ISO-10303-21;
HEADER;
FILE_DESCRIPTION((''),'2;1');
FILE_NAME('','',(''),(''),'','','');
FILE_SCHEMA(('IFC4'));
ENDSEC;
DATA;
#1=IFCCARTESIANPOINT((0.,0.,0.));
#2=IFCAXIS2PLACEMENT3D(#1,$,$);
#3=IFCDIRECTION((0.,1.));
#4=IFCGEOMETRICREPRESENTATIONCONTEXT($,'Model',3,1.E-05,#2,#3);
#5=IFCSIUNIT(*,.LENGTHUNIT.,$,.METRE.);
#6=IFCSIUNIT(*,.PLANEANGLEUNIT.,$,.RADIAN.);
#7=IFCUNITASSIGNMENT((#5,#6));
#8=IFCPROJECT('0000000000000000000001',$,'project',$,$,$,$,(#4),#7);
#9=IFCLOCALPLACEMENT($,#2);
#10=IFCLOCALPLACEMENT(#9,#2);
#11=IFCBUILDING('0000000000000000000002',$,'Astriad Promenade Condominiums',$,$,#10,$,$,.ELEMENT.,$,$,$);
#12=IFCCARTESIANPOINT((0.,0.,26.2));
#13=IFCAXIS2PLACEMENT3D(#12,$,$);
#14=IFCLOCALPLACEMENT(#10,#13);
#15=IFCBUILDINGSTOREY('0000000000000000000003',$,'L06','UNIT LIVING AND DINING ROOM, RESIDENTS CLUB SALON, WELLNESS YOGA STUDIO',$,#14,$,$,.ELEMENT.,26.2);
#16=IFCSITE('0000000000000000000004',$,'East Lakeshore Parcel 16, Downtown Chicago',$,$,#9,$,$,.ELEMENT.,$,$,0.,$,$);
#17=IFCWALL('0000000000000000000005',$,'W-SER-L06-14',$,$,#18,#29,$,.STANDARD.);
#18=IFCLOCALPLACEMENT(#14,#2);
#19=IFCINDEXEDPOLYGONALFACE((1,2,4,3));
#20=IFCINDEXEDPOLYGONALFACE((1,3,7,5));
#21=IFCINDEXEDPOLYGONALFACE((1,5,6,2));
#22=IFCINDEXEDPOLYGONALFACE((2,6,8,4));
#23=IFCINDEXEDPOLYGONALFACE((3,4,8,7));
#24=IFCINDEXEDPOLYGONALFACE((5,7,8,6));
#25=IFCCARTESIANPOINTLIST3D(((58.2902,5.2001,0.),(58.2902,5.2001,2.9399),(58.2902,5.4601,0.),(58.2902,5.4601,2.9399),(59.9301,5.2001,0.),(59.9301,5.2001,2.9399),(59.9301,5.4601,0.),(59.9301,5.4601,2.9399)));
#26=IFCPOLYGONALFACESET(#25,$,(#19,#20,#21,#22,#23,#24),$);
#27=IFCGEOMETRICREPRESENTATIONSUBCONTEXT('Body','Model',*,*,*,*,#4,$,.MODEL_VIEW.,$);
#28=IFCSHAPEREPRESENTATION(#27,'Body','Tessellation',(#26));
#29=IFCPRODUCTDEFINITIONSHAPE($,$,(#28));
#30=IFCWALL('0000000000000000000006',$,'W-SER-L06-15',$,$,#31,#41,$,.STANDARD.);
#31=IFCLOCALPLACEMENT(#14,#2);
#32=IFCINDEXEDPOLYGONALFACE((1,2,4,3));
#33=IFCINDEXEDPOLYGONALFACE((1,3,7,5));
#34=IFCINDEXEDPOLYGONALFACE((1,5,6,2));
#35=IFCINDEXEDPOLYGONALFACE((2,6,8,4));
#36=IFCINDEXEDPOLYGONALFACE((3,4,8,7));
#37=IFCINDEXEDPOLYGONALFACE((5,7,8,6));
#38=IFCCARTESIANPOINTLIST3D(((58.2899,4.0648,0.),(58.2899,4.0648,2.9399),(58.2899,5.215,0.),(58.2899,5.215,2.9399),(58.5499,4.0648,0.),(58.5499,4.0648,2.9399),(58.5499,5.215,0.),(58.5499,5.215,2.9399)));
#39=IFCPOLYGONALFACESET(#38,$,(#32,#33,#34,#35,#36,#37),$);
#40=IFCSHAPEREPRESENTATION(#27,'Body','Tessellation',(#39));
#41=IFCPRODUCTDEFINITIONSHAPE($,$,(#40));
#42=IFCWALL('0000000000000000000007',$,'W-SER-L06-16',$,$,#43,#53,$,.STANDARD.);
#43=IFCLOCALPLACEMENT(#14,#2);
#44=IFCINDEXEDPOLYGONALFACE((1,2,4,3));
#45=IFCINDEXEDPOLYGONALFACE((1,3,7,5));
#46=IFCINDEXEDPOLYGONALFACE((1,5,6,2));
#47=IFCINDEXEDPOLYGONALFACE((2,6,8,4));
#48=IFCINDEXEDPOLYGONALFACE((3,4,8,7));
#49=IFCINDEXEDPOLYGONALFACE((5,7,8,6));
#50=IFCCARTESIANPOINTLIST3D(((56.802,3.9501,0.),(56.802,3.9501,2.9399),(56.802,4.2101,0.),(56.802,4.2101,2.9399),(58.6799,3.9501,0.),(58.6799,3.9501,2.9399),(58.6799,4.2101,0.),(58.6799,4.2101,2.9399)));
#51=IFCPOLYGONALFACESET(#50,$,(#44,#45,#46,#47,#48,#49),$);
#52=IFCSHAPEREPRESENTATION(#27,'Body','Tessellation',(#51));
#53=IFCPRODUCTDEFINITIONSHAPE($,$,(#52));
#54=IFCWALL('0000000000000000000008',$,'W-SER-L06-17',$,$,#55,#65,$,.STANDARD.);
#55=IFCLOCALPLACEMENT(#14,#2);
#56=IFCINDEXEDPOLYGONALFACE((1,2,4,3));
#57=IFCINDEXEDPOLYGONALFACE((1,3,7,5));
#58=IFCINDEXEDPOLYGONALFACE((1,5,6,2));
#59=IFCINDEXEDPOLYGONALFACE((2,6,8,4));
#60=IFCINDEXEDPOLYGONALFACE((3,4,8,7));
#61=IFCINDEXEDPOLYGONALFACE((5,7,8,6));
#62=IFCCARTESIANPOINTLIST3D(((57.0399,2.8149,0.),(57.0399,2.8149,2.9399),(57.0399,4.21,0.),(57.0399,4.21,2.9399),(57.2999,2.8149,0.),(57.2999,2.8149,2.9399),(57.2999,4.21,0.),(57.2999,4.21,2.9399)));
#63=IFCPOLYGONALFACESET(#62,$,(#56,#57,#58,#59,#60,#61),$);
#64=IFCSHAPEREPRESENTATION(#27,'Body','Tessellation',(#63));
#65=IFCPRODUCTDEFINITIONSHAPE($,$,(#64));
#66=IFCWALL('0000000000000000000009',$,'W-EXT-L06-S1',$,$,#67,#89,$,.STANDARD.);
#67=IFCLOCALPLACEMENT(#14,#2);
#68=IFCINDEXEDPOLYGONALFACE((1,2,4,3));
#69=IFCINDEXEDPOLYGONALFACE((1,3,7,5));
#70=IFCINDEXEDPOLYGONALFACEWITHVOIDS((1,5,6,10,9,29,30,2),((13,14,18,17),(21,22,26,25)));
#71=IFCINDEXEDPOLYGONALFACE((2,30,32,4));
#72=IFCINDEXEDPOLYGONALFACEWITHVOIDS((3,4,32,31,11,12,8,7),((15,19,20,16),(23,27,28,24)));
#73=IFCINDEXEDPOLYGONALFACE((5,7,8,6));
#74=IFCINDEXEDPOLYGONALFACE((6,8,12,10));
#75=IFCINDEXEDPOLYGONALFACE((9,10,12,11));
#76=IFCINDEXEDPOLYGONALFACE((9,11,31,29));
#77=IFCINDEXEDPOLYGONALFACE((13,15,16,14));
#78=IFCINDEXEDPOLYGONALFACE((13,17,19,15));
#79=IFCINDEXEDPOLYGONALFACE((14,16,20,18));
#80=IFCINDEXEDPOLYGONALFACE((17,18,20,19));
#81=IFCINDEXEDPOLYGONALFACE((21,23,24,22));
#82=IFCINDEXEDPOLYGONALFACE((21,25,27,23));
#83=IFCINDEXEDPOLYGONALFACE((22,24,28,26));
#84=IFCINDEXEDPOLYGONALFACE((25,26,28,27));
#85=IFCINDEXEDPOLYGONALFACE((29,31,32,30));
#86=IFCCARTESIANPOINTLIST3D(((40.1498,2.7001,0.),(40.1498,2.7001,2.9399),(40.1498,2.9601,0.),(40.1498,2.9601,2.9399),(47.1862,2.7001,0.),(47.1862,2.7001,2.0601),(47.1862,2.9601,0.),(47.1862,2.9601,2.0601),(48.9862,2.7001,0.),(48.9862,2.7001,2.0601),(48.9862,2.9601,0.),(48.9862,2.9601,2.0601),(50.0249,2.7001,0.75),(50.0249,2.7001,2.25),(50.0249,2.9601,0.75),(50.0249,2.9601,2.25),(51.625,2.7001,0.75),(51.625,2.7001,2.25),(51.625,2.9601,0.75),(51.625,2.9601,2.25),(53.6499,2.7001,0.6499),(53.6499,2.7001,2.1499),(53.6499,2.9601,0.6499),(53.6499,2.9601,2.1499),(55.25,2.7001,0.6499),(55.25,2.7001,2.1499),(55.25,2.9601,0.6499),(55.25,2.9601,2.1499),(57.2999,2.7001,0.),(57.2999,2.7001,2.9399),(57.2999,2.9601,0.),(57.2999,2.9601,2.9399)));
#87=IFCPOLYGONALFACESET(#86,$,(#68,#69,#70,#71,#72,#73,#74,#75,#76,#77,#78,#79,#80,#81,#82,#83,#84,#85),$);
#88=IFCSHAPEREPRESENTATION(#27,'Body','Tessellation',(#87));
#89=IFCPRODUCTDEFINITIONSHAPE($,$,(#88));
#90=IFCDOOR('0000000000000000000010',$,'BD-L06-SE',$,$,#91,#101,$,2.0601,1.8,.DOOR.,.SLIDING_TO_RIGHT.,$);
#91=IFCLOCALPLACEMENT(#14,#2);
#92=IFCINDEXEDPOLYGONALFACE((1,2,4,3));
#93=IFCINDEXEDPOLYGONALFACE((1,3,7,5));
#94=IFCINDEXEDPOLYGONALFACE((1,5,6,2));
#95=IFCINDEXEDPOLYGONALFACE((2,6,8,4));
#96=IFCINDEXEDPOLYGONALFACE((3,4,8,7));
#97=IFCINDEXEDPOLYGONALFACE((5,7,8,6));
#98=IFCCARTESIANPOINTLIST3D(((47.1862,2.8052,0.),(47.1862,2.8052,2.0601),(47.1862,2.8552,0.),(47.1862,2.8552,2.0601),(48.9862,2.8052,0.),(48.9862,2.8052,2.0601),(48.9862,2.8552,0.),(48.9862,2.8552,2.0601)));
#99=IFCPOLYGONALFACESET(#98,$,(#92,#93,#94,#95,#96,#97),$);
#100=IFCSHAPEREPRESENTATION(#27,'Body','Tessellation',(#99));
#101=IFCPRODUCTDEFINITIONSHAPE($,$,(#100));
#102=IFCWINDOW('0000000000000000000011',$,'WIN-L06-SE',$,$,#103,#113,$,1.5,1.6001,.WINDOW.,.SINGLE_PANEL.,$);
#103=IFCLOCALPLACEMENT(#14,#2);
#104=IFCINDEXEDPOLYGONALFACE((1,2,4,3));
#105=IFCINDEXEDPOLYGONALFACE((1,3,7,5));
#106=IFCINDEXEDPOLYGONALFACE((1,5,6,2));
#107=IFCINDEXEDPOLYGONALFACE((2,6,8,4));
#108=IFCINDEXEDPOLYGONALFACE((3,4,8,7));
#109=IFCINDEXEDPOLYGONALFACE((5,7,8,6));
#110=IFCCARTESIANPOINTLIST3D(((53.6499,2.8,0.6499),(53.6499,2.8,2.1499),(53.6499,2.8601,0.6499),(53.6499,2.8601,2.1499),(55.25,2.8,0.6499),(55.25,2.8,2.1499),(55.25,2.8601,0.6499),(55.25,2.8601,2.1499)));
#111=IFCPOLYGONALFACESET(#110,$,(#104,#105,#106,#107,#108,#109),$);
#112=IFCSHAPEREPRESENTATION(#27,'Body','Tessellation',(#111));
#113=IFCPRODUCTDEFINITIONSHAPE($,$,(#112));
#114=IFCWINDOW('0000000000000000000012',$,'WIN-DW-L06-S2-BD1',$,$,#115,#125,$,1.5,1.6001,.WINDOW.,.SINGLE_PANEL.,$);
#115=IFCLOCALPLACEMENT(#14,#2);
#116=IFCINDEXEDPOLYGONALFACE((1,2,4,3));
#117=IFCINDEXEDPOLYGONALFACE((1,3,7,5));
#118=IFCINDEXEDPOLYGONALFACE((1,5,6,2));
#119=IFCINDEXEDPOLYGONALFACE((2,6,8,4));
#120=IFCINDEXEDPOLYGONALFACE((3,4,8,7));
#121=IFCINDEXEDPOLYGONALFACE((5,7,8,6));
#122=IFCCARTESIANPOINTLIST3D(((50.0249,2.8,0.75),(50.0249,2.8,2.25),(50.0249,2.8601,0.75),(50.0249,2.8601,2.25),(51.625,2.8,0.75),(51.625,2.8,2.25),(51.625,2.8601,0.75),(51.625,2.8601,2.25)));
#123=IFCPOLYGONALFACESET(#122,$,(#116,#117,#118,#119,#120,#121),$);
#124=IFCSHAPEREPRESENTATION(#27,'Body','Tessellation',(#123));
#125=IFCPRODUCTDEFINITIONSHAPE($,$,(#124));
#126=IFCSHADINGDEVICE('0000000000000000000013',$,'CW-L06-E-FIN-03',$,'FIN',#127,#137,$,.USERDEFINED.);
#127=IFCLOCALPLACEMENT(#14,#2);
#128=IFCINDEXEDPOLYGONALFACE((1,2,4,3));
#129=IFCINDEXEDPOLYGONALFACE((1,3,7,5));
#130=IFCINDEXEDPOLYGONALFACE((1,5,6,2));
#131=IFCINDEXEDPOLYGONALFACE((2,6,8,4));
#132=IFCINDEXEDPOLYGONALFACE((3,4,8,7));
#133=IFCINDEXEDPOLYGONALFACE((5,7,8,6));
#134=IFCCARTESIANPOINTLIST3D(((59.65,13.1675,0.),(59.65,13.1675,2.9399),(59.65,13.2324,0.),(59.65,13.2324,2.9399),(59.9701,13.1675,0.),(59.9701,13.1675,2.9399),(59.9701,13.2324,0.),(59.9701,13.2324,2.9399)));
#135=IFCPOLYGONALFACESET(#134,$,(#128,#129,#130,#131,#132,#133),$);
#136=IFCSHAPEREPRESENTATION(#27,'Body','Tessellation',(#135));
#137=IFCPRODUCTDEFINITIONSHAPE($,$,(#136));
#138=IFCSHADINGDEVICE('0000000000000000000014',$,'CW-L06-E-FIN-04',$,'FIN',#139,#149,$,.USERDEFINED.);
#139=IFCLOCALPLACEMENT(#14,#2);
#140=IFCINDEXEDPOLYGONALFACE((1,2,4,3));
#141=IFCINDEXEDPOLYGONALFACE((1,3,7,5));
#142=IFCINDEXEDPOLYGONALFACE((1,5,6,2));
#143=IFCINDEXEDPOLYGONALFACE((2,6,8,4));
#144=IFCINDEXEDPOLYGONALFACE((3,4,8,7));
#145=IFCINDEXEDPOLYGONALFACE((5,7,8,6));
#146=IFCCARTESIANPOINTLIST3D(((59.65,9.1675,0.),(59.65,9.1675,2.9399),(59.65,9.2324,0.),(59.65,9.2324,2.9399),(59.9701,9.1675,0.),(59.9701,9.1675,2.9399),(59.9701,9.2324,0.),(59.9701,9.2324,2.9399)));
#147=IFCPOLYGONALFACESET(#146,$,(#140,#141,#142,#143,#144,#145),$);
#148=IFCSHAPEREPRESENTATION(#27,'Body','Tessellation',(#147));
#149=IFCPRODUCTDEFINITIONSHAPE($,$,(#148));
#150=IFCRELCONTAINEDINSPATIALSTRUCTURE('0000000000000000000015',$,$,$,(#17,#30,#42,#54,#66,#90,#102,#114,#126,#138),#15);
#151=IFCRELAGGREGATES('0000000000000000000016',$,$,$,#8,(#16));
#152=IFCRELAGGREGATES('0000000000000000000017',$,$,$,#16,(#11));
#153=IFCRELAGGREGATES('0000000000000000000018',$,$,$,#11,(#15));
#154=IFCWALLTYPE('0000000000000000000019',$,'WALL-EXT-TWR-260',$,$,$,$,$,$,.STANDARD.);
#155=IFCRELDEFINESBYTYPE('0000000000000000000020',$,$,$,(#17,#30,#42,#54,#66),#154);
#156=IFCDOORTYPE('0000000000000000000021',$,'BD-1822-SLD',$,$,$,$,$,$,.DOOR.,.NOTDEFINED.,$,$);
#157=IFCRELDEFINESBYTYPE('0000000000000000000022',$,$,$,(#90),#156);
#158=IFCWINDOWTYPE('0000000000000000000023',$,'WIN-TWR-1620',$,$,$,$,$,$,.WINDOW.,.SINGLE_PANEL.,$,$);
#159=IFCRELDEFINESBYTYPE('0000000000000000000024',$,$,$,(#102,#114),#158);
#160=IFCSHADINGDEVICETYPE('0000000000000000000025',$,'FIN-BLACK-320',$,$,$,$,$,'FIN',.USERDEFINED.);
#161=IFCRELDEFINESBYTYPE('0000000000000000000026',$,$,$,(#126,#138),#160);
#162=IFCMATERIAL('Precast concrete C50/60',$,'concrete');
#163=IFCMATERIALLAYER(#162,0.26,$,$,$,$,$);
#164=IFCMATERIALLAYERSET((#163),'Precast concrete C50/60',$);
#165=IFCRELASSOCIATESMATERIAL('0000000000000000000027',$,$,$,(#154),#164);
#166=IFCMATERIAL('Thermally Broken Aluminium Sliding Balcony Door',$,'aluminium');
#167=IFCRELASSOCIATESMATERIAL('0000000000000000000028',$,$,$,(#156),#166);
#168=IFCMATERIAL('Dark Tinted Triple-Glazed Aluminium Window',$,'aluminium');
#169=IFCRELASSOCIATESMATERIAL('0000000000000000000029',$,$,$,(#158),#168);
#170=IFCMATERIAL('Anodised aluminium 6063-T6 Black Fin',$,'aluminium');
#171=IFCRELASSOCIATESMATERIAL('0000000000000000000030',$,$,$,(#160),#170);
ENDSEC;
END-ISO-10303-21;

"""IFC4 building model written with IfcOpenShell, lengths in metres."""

from ifc_helpers import new_model, si_unit, direction, frame, frame_2d, origin, origin_2d, place, context, subcontext, project, spatial, rectangle, extrude, source, transform, mapped, material, layer, layer_set, type_object, type_shapes, element, fill, save


model = new_model("IFC4")

# Units and contexts
model_context = context("Model", 3, precision=1e-05, world=origin(), true_north=direction((0.0, 1.0)))
body_context = subcontext(model_context, "Body", "Model", "MODEL_VIEW")
ifc_project = project(units=[si_unit("LENGTHUNIT", "METRE"), si_unit("PLANEANGLEUNIT", "RADIAN")], contexts=[model_context])

# Site, building, storey
site_placement = place(None, origin())
site = spatial("IfcSite", under=ifc_project, at=site_placement, Name="East Lakeshore Parcel 16, Downtown Chicago", CompositionType="ELEMENT", RefElevation=0.0)
building_placement = place(site_placement, origin())
building = spatial("IfcBuilding", under=site, at=building_placement, Name="Astriad Promenade Condominiums", CompositionType="ELEMENT")
storey_placement = place(building_placement, frame((0.0, 0.0, 26.2)))
storey = spatial("IfcBuildingStorey", under=building, at=storey_placement, Name="L06", Description="UNIT LIVING AND DINING ROOM, RESIDENTS CLUB SALON, WELLNESS YOGA STUDIO", CompositionType="ELEMENT", Elevation=26.2)

# Walls
ifc_material_1 = material(Name="Precast concrete C50/60", Category="concrete")
ifc_layer_1 = layer(ifc_material_1, 0.26)
ifc_layer_set_1 = layer_set([ifc_layer_1], Name="Precast concrete C50/60")
wall_type = type_object("IfcWallType", Name="WALL-EXT-TWR-260", PredefinedType="STANDARD", material=ifc_layer_set_1)
wall_1_placement = place(storey_placement, frame((59.9299, 5.3301, 0.0), z_axis=(0.0, 0.0, 1.0), x_axis=(-1.0, 0.0, 0.0)))
element("IfcWall", 1, at=wall_1_placement, inside=storey, type_object=wall_type, Name="W-SER-L06-14", PredefinedType="STANDARD", context=body_context, shape_type="SweptSolid", body=[
    extrude(rectangle(XDim=1.6399, YDim=0.26, at=frame_2d((0.8198, 0.0))), origin(), (0.0, 0.0, 1.0), 2.9399),
])
wall_2_placement = place(storey_placement, frame((58.4199, 5.2151, 0.0), z_axis=(0.0, 0.0, 1.0), x_axis=(0.0, -1.0, 0.0)))
element("IfcWall", 2, at=wall_2_placement, inside=storey, type_object=wall_type, Name="W-SER-L06-15", PredefinedType="STANDARD", context=body_context, shape_type="SweptSolid", body=[
    extrude(rectangle(XDim=1.1501, YDim=0.26, at=frame_2d((0.5752, 0.0))), origin(), (0.0, 0.0, 1.0), 2.9399),
])
wall_3_placement = place(storey_placement, frame((58.6799, 4.0801, 0.0), z_axis=(0.0, 0.0, 1.0), x_axis=(-1.0, 0.0, 0.0)))
element("IfcWall", 3, at=wall_3_placement, inside=storey, type_object=wall_type, Name="W-SER-L06-16", PredefinedType="STANDARD", context=body_context, shape_type="SweptSolid", body=[
    extrude(rectangle(XDim=1.8779, YDim=0.26, at=frame_2d((0.939, 0.0))), origin(), (0.0, 0.0, 1.0), 2.9399),
])
wall_4_placement = place(storey_placement, frame((57.1699, 4.21, 0.0), z_axis=(0.0, 0.0, 1.0), x_axis=(0.0, -1.0, 0.0)))
element("IfcWall", 4, at=wall_4_placement, inside=storey, type_object=wall_type, Name="W-SER-L06-17", PredefinedType="STANDARD", context=body_context, shape_type="SweptSolid", body=[
    extrude(rectangle(XDim=1.395, YDim=0.26, at=frame_2d((0.6975, 0.0))), origin(), (0.0, 0.0, 1.0), 2.9399),
])

# Wall, openings, door, windows
wall_5_placement = place(storey_placement, frame((57.3, 2.8301, 0.0), z_axis=(0.0, 0.0, 1.0), x_axis=(-1.0, 0.0, 0.0)))
wall_5 = element("IfcWall", 5, at=wall_5_placement, inside=storey, type_object=wall_type, Name="W-EXT-L06-S1", PredefinedType="STANDARD", context=body_context, shape_type="SweptSolid", body=[
    extrude(rectangle(XDim=17.1501, YDim=0.26, at=frame_2d((8.5752, 0.0))), origin(), (0.0, 0.0, 1.0), 2.9399),
])
opening_1_placement = place(wall_5_placement, frame((8.314, 0.0, 0.0)))
opening_1 = element("IfcOpeningElement", 6, at=opening_1_placement, cuts=wall_5, PredefinedType="OPENING", context=body_context, shape_type="SweptSolid", body=[
    extrude(rectangle(XDim=1.8, YDim=2.0601, at=frame_2d((0.8999, 1.03))), frame((0.0, 0.1399, 0.0), z_axis=(0.0, -1.0, 0.0), x_axis=(1.0, 0.0, 0.0)), (0.0, 0.0, 1.0), 0.28),
])
opening_2_placement = place(wall_5_placement, frame((2.05, 0.0, 0.6499)))
opening_2 = element("IfcOpeningElement", 7, at=opening_2_placement, cuts=wall_5, PredefinedType="OPENING", context=body_context, shape_type="SweptSolid", body=[
    extrude(rectangle(XDim=1.6001, YDim=1.5, at=frame_2d((0.8, 0.75))), frame((0.0, 0.1399, 0.0), z_axis=(0.0, -1.0, 0.0), x_axis=(1.0, 0.0, 0.0)), (0.0, 0.0, 1.0), 0.28),
])
opening_3_placement = place(wall_5_placement, frame((5.675, 0.0, 0.75)))
opening_3 = element("IfcOpeningElement", 8, at=opening_3_placement, cuts=wall_5, PredefinedType="OPENING", context=body_context, shape_type="SweptSolid", body=[
    extrude(rectangle(XDim=1.6001, YDim=1.5, at=frame_2d((0.8, 0.75))), frame((0.0, 0.1399, 0.0), z_axis=(0.0, -1.0, 0.0), x_axis=(1.0, 0.0, 0.0)), (0.0, 0.0, 1.0), 0.28),
])
ifc_material_2 = material(Name="Thermally Broken Aluminium Sliding Balcony Door", Category="aluminium")
door_type = type_object("IfcDoorType", Name="BD-1822-SLD", OperationType="NOTDEFINED", PredefinedType="DOOR", material=ifc_material_2)
shared_shape_1 = source(origin(), body_context, "Body", "SweptSolid", [
    extrude(rectangle(XDim=1.8, YDim=2.0601, at=frame_2d((0.8999, 1.03))), frame((0.0, 0.0249, 0.0), z_axis=(0.0, -1.0, 0.0), x_axis=(1.0, 0.0, 0.0)), (0.0, 0.0, 1.0), 0.05),
])
type_shapes(door_type, [shared_shape_1])
door_placement = place(opening_1_placement, origin())
door = element("IfcDoor", 9, at=door_placement, inside=storey, type_object=door_type, Name="BD-L06-SE", OperationType="SLIDING_TO_RIGHT", OverallHeight=2.0601, OverallWidth=1.8, PredefinedType="DOOR", context=body_context, shape_type="MappedRepresentation", body=[
    mapped(shared_shape_1, transform((0.0, 0.0, 0.0), scale=1.0)),
])
fill(opening_1, door)
ifc_material_3 = material(Name="Dark Tinted Triple-Glazed Aluminium Window", Category="aluminium")
window_type = type_object("IfcWindowType", Name="WIN-TWR-1620", PartitioningType="SINGLE_PANEL", PredefinedType="WINDOW", material=ifc_material_3)
shared_shape_2 = source(origin(), body_context, "Body", "SweptSolid", [
    extrude(rectangle(XDim=1.6001, YDim=1.5, at=frame_2d((0.8, 0.75))), frame((0.0, 0.03, 0.0), z_axis=(0.0, -1.0, 0.0), x_axis=(1.0, 0.0, 0.0)), (0.0, 0.0, 1.0), 0.0601),
])
type_shapes(window_type, [shared_shape_2])
window_1_placement = place(opening_2_placement, origin())
window_1 = element("IfcWindow", 10, at=window_1_placement, inside=storey, type_object=window_type, Name="WIN-L06-SE", OverallHeight=1.5, OverallWidth=1.6001, PartitioningType="SINGLE_PANEL", PredefinedType="WINDOW", context=body_context, shape_type="MappedRepresentation", body=[
    mapped(shared_shape_2, transform((0.0, 0.0, 0.0), scale=1.0)),
])
fill(opening_2, window_1)
window_2_placement = place(opening_3_placement, origin())
window_2 = element("IfcWindow", 11, at=window_2_placement, inside=storey, type_object=window_type, Name="WIN-DW-L06-S2-BD1", OverallHeight=1.5, OverallWidth=1.6001, PartitioningType="SINGLE_PANEL", PredefinedType="WINDOW", context=body_context, shape_type="MappedRepresentation", body=[
    mapped(shared_shape_2, transform((0.0, 0.0, 0.0), scale=1.0)),
])
fill(opening_3, window_2)

# Shading devices
ifc_material_4 = material(Name="Anodised aluminium 6063-T6 Black Fin", Category="aluminium")
shading_device_type = type_object("IfcShadingDeviceType", Name="FIN-BLACK-320", ElementType="FIN", PredefinedType="USERDEFINED", material=ifc_material_4)
shared_shape_3 = source(origin(), body_context, "Body", "SweptSolid", [
    extrude(rectangle(XDim=0.0649, YDim=0.3201, at=origin_2d()), origin(), (0.0, 0.0, 1.0), 2.9399),
])
type_shapes(shading_device_type, [shared_shape_3])
for number, where, z_axis, x_axis, name in (
    (12, (59.8101, 13.2, 0.0), (0.0, 0.0, 1.0), (0.0, -1.0, 0.0), "CW-L06-E-FIN-03"),
    (13, (59.8101, 9.2, 0.0), (0.0, 0.0, 1.0), (0.0, -1.0, 0.0), "CW-L06-E-FIN-04"),
):
    element("IfcShadingDevice", number, at=place(storey_placement, frame(where, z_axis=z_axis, x_axis=x_axis)), inside=storey, type_object=shading_device_type, Name=name, ObjectType="FIN", PredefinedType="USERDEFINED", context=body_context, shape_type="MappedRepresentation", body=[
        mapped(shared_shape_3, transform((0.0, 0.0, 0.0), scale=1.0)),
    ])

save(model, "model.ifc")
